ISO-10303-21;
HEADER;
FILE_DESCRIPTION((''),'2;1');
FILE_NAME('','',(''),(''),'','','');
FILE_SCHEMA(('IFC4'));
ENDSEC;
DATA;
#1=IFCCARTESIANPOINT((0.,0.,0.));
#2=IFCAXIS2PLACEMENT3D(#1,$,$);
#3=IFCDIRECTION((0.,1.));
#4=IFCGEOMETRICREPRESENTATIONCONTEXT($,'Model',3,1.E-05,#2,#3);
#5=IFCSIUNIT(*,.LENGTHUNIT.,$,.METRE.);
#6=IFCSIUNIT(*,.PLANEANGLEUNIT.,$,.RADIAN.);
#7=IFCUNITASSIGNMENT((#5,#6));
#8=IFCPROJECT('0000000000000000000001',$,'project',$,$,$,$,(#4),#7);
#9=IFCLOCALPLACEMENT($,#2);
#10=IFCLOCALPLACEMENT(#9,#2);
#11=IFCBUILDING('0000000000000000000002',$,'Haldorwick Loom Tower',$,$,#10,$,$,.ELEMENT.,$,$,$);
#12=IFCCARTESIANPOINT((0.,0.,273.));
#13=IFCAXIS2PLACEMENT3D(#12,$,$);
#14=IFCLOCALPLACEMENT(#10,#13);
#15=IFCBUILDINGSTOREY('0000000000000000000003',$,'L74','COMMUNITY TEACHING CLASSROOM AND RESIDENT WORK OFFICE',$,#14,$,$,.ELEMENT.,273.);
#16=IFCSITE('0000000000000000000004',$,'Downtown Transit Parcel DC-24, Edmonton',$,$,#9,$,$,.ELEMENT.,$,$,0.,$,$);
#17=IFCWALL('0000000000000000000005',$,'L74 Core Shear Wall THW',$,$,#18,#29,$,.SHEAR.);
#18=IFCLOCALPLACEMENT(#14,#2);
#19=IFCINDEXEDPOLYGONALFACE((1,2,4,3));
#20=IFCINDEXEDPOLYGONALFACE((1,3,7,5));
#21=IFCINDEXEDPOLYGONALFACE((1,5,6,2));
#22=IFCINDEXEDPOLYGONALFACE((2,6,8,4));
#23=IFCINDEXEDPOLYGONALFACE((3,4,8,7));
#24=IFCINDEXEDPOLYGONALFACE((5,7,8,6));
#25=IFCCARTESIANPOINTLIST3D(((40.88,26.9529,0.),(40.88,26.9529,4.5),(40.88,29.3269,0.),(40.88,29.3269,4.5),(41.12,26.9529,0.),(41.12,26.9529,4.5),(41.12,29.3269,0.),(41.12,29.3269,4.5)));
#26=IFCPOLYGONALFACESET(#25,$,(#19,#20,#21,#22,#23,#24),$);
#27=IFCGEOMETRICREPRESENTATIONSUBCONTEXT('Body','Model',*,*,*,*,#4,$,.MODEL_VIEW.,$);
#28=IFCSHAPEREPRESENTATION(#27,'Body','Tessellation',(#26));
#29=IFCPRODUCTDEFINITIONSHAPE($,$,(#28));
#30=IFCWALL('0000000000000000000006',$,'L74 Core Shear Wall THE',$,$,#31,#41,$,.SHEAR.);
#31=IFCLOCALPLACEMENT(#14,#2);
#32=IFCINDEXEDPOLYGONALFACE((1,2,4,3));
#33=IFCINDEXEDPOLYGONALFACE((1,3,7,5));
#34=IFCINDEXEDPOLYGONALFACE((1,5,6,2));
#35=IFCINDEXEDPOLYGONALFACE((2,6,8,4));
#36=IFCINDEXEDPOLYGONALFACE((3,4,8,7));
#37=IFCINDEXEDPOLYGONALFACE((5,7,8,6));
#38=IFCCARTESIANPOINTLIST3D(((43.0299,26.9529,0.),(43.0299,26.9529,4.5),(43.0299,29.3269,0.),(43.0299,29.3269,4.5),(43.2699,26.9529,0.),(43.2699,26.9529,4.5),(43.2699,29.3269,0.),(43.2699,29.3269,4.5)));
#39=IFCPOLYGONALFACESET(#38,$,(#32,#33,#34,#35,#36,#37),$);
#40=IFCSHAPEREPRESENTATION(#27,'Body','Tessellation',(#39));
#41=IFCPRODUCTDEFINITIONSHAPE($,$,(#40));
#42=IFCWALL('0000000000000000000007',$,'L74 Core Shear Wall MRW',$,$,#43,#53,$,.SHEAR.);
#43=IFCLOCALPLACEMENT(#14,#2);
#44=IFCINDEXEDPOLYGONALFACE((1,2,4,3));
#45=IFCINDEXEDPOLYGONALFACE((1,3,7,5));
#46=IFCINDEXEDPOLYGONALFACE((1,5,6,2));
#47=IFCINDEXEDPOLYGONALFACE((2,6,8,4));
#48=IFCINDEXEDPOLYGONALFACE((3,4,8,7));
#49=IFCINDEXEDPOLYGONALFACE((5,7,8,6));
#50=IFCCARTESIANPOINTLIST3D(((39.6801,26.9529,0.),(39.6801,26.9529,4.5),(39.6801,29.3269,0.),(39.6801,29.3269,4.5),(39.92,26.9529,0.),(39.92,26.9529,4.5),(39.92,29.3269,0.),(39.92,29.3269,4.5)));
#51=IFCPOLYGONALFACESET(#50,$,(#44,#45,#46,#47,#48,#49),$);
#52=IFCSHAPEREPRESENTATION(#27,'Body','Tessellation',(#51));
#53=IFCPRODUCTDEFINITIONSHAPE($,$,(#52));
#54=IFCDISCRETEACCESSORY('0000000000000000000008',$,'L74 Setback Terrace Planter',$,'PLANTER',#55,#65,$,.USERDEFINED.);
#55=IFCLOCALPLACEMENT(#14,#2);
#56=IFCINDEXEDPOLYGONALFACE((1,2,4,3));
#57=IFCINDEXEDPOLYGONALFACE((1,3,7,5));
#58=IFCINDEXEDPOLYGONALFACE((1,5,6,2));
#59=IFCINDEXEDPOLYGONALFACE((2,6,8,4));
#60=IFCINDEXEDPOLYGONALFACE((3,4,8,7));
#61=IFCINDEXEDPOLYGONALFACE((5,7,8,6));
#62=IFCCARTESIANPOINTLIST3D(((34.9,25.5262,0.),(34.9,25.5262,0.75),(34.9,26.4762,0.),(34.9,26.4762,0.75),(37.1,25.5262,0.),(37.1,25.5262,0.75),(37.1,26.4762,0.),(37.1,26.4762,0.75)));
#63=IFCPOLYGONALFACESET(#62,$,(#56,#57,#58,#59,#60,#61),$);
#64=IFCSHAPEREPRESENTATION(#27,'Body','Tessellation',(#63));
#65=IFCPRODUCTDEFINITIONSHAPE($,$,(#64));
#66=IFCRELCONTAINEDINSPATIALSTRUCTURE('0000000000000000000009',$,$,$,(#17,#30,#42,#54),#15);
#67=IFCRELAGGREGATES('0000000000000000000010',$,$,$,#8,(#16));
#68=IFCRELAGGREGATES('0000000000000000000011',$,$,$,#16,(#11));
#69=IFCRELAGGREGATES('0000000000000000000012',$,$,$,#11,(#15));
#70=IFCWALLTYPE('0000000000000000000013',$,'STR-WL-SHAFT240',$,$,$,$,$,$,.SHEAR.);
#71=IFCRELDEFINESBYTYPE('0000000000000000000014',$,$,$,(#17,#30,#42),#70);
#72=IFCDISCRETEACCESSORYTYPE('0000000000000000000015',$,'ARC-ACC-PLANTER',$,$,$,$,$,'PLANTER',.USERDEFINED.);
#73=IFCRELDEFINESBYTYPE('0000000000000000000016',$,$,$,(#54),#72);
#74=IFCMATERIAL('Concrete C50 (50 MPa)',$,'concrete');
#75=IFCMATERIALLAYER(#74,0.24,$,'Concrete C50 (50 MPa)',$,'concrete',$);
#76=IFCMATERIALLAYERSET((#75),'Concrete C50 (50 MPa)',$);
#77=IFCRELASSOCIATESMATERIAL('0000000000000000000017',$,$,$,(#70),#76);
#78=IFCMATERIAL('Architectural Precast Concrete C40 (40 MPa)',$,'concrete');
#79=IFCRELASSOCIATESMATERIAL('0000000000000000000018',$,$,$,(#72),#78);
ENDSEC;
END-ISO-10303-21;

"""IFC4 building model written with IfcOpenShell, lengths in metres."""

from ifc_helpers import new_model, si_unit, direction, frame, frame_2d, origin, origin_2d, place, context, subcontext, project, spatial, rectangle, extrude, material, layer, layer_set, type_object, element, save


model = new_model("IFC4")

# Units and contexts
model_context = context("Model", 3, precision=1e-05, world=origin(), true_north=direction((0.0, 1.0)))
body_context = subcontext(model_context, "Body", "Model", "MODEL_VIEW")
ifc_project = project(units=[si_unit("LENGTHUNIT", "METRE"), si_unit("PLANEANGLEUNIT", "RADIAN")], contexts=[model_context])

# Site, building, storey
site_placement = place(None, origin())
site = spatial("IfcSite", under=ifc_project, at=site_placement, Name="Downtown Transit Parcel DC-24, Edmonton", CompositionType="ELEMENT", RefElevation=0.0)
building_placement = place(site_placement, origin())
building = spatial("IfcBuilding", under=site, at=building_placement, Name="Haldorwick Loom Tower", CompositionType="ELEMENT")
storey_placement = place(building_placement, frame((0.0, 0.0, 273.0)))
storey = spatial("IfcBuildingStorey", under=building, at=storey_placement, Name="L74", Description="COMMUNITY TEACHING CLASSROOM AND RESIDENT WORK OFFICE", CompositionType="ELEMENT", Elevation=273.0)

# Shared definitions
ifc_material_1 = material(Name="Concrete C50 (50 MPa)", Category="concrete")

# Walls
ifc_layer_1 = layer(ifc_material_1, 0.24, Name="Concrete C50 (50 MPa)", Category="concrete")
ifc_layer_set_1 = layer_set([ifc_layer_1], Name="Concrete C50 (50 MPa)")
wall_type_1 = type_object("IfcWallType", Name="STR-WL-SHAFT240", PredefinedType="SHEAR", material=ifc_layer_set_1)
for number, where, z_axis, x_axis, name in (
    (1, (41.0, 26.9529, 0.0), (0.0, 0.0, 1.0), (0.0, 1.0, 0.0), "L74 Core Shear Wall THW"),
    (2, (43.1499, 26.9529, 0.0), (0.0, 0.0, 1.0), (0.0, 1.0, 0.0), "L74 Core Shear Wall THE"),
    (3, (39.8, 26.9529, 0.0), (0.0, 0.0, 1.0), (0.0, 1.0, 0.0), "L74 Core Shear Wall MRW"),
):
    element("IfcWall", number, at=place(storey_placement, frame(where, z_axis=z_axis, x_axis=x_axis)), inside=storey, type_object=wall_type_1, Name=name, PredefinedType="SHEAR", context=body_context, shape_type="SweptSolid", body=[
        extrude(rectangle(XDim=2.374, YDim=0.24, at=frame_2d((1.187, 0.0))), origin(), (0.0, 0.0, 1.0), 4.5),
    ])

# Discrete accessory
ifc_material_2 = material(Name="Architectural Precast Concrete C40 (40 MPa)", Category="concrete")
discrete_accessory_type = type_object("IfcDiscreteAccessoryType", Name="ARC-ACC-PLANTER", ElementType="PLANTER", PredefinedType="USERDEFINED", material=ifc_material_2)
discrete_accessory_placement = place(storey_placement, frame((36.0, 26.0012, 0.0), z_axis=(0.0, 0.0, 1.0), x_axis=(1.0, 0.0, 0.0)))
element("IfcDiscreteAccessory", 4, at=discrete_accessory_placement, inside=storey, type_object=discrete_accessory_type, Name="L74 Setback Terrace Planter", ObjectType="PLANTER", PredefinedType="USERDEFINED", context=body_context, shape_type="SweptSolid", body=[
    extrude(rectangle(XDim=2.2, YDim=0.95, at=origin_2d()), origin(), (0.0, 0.0, 1.0), 0.75),
])

save(model, "model.ifc")
